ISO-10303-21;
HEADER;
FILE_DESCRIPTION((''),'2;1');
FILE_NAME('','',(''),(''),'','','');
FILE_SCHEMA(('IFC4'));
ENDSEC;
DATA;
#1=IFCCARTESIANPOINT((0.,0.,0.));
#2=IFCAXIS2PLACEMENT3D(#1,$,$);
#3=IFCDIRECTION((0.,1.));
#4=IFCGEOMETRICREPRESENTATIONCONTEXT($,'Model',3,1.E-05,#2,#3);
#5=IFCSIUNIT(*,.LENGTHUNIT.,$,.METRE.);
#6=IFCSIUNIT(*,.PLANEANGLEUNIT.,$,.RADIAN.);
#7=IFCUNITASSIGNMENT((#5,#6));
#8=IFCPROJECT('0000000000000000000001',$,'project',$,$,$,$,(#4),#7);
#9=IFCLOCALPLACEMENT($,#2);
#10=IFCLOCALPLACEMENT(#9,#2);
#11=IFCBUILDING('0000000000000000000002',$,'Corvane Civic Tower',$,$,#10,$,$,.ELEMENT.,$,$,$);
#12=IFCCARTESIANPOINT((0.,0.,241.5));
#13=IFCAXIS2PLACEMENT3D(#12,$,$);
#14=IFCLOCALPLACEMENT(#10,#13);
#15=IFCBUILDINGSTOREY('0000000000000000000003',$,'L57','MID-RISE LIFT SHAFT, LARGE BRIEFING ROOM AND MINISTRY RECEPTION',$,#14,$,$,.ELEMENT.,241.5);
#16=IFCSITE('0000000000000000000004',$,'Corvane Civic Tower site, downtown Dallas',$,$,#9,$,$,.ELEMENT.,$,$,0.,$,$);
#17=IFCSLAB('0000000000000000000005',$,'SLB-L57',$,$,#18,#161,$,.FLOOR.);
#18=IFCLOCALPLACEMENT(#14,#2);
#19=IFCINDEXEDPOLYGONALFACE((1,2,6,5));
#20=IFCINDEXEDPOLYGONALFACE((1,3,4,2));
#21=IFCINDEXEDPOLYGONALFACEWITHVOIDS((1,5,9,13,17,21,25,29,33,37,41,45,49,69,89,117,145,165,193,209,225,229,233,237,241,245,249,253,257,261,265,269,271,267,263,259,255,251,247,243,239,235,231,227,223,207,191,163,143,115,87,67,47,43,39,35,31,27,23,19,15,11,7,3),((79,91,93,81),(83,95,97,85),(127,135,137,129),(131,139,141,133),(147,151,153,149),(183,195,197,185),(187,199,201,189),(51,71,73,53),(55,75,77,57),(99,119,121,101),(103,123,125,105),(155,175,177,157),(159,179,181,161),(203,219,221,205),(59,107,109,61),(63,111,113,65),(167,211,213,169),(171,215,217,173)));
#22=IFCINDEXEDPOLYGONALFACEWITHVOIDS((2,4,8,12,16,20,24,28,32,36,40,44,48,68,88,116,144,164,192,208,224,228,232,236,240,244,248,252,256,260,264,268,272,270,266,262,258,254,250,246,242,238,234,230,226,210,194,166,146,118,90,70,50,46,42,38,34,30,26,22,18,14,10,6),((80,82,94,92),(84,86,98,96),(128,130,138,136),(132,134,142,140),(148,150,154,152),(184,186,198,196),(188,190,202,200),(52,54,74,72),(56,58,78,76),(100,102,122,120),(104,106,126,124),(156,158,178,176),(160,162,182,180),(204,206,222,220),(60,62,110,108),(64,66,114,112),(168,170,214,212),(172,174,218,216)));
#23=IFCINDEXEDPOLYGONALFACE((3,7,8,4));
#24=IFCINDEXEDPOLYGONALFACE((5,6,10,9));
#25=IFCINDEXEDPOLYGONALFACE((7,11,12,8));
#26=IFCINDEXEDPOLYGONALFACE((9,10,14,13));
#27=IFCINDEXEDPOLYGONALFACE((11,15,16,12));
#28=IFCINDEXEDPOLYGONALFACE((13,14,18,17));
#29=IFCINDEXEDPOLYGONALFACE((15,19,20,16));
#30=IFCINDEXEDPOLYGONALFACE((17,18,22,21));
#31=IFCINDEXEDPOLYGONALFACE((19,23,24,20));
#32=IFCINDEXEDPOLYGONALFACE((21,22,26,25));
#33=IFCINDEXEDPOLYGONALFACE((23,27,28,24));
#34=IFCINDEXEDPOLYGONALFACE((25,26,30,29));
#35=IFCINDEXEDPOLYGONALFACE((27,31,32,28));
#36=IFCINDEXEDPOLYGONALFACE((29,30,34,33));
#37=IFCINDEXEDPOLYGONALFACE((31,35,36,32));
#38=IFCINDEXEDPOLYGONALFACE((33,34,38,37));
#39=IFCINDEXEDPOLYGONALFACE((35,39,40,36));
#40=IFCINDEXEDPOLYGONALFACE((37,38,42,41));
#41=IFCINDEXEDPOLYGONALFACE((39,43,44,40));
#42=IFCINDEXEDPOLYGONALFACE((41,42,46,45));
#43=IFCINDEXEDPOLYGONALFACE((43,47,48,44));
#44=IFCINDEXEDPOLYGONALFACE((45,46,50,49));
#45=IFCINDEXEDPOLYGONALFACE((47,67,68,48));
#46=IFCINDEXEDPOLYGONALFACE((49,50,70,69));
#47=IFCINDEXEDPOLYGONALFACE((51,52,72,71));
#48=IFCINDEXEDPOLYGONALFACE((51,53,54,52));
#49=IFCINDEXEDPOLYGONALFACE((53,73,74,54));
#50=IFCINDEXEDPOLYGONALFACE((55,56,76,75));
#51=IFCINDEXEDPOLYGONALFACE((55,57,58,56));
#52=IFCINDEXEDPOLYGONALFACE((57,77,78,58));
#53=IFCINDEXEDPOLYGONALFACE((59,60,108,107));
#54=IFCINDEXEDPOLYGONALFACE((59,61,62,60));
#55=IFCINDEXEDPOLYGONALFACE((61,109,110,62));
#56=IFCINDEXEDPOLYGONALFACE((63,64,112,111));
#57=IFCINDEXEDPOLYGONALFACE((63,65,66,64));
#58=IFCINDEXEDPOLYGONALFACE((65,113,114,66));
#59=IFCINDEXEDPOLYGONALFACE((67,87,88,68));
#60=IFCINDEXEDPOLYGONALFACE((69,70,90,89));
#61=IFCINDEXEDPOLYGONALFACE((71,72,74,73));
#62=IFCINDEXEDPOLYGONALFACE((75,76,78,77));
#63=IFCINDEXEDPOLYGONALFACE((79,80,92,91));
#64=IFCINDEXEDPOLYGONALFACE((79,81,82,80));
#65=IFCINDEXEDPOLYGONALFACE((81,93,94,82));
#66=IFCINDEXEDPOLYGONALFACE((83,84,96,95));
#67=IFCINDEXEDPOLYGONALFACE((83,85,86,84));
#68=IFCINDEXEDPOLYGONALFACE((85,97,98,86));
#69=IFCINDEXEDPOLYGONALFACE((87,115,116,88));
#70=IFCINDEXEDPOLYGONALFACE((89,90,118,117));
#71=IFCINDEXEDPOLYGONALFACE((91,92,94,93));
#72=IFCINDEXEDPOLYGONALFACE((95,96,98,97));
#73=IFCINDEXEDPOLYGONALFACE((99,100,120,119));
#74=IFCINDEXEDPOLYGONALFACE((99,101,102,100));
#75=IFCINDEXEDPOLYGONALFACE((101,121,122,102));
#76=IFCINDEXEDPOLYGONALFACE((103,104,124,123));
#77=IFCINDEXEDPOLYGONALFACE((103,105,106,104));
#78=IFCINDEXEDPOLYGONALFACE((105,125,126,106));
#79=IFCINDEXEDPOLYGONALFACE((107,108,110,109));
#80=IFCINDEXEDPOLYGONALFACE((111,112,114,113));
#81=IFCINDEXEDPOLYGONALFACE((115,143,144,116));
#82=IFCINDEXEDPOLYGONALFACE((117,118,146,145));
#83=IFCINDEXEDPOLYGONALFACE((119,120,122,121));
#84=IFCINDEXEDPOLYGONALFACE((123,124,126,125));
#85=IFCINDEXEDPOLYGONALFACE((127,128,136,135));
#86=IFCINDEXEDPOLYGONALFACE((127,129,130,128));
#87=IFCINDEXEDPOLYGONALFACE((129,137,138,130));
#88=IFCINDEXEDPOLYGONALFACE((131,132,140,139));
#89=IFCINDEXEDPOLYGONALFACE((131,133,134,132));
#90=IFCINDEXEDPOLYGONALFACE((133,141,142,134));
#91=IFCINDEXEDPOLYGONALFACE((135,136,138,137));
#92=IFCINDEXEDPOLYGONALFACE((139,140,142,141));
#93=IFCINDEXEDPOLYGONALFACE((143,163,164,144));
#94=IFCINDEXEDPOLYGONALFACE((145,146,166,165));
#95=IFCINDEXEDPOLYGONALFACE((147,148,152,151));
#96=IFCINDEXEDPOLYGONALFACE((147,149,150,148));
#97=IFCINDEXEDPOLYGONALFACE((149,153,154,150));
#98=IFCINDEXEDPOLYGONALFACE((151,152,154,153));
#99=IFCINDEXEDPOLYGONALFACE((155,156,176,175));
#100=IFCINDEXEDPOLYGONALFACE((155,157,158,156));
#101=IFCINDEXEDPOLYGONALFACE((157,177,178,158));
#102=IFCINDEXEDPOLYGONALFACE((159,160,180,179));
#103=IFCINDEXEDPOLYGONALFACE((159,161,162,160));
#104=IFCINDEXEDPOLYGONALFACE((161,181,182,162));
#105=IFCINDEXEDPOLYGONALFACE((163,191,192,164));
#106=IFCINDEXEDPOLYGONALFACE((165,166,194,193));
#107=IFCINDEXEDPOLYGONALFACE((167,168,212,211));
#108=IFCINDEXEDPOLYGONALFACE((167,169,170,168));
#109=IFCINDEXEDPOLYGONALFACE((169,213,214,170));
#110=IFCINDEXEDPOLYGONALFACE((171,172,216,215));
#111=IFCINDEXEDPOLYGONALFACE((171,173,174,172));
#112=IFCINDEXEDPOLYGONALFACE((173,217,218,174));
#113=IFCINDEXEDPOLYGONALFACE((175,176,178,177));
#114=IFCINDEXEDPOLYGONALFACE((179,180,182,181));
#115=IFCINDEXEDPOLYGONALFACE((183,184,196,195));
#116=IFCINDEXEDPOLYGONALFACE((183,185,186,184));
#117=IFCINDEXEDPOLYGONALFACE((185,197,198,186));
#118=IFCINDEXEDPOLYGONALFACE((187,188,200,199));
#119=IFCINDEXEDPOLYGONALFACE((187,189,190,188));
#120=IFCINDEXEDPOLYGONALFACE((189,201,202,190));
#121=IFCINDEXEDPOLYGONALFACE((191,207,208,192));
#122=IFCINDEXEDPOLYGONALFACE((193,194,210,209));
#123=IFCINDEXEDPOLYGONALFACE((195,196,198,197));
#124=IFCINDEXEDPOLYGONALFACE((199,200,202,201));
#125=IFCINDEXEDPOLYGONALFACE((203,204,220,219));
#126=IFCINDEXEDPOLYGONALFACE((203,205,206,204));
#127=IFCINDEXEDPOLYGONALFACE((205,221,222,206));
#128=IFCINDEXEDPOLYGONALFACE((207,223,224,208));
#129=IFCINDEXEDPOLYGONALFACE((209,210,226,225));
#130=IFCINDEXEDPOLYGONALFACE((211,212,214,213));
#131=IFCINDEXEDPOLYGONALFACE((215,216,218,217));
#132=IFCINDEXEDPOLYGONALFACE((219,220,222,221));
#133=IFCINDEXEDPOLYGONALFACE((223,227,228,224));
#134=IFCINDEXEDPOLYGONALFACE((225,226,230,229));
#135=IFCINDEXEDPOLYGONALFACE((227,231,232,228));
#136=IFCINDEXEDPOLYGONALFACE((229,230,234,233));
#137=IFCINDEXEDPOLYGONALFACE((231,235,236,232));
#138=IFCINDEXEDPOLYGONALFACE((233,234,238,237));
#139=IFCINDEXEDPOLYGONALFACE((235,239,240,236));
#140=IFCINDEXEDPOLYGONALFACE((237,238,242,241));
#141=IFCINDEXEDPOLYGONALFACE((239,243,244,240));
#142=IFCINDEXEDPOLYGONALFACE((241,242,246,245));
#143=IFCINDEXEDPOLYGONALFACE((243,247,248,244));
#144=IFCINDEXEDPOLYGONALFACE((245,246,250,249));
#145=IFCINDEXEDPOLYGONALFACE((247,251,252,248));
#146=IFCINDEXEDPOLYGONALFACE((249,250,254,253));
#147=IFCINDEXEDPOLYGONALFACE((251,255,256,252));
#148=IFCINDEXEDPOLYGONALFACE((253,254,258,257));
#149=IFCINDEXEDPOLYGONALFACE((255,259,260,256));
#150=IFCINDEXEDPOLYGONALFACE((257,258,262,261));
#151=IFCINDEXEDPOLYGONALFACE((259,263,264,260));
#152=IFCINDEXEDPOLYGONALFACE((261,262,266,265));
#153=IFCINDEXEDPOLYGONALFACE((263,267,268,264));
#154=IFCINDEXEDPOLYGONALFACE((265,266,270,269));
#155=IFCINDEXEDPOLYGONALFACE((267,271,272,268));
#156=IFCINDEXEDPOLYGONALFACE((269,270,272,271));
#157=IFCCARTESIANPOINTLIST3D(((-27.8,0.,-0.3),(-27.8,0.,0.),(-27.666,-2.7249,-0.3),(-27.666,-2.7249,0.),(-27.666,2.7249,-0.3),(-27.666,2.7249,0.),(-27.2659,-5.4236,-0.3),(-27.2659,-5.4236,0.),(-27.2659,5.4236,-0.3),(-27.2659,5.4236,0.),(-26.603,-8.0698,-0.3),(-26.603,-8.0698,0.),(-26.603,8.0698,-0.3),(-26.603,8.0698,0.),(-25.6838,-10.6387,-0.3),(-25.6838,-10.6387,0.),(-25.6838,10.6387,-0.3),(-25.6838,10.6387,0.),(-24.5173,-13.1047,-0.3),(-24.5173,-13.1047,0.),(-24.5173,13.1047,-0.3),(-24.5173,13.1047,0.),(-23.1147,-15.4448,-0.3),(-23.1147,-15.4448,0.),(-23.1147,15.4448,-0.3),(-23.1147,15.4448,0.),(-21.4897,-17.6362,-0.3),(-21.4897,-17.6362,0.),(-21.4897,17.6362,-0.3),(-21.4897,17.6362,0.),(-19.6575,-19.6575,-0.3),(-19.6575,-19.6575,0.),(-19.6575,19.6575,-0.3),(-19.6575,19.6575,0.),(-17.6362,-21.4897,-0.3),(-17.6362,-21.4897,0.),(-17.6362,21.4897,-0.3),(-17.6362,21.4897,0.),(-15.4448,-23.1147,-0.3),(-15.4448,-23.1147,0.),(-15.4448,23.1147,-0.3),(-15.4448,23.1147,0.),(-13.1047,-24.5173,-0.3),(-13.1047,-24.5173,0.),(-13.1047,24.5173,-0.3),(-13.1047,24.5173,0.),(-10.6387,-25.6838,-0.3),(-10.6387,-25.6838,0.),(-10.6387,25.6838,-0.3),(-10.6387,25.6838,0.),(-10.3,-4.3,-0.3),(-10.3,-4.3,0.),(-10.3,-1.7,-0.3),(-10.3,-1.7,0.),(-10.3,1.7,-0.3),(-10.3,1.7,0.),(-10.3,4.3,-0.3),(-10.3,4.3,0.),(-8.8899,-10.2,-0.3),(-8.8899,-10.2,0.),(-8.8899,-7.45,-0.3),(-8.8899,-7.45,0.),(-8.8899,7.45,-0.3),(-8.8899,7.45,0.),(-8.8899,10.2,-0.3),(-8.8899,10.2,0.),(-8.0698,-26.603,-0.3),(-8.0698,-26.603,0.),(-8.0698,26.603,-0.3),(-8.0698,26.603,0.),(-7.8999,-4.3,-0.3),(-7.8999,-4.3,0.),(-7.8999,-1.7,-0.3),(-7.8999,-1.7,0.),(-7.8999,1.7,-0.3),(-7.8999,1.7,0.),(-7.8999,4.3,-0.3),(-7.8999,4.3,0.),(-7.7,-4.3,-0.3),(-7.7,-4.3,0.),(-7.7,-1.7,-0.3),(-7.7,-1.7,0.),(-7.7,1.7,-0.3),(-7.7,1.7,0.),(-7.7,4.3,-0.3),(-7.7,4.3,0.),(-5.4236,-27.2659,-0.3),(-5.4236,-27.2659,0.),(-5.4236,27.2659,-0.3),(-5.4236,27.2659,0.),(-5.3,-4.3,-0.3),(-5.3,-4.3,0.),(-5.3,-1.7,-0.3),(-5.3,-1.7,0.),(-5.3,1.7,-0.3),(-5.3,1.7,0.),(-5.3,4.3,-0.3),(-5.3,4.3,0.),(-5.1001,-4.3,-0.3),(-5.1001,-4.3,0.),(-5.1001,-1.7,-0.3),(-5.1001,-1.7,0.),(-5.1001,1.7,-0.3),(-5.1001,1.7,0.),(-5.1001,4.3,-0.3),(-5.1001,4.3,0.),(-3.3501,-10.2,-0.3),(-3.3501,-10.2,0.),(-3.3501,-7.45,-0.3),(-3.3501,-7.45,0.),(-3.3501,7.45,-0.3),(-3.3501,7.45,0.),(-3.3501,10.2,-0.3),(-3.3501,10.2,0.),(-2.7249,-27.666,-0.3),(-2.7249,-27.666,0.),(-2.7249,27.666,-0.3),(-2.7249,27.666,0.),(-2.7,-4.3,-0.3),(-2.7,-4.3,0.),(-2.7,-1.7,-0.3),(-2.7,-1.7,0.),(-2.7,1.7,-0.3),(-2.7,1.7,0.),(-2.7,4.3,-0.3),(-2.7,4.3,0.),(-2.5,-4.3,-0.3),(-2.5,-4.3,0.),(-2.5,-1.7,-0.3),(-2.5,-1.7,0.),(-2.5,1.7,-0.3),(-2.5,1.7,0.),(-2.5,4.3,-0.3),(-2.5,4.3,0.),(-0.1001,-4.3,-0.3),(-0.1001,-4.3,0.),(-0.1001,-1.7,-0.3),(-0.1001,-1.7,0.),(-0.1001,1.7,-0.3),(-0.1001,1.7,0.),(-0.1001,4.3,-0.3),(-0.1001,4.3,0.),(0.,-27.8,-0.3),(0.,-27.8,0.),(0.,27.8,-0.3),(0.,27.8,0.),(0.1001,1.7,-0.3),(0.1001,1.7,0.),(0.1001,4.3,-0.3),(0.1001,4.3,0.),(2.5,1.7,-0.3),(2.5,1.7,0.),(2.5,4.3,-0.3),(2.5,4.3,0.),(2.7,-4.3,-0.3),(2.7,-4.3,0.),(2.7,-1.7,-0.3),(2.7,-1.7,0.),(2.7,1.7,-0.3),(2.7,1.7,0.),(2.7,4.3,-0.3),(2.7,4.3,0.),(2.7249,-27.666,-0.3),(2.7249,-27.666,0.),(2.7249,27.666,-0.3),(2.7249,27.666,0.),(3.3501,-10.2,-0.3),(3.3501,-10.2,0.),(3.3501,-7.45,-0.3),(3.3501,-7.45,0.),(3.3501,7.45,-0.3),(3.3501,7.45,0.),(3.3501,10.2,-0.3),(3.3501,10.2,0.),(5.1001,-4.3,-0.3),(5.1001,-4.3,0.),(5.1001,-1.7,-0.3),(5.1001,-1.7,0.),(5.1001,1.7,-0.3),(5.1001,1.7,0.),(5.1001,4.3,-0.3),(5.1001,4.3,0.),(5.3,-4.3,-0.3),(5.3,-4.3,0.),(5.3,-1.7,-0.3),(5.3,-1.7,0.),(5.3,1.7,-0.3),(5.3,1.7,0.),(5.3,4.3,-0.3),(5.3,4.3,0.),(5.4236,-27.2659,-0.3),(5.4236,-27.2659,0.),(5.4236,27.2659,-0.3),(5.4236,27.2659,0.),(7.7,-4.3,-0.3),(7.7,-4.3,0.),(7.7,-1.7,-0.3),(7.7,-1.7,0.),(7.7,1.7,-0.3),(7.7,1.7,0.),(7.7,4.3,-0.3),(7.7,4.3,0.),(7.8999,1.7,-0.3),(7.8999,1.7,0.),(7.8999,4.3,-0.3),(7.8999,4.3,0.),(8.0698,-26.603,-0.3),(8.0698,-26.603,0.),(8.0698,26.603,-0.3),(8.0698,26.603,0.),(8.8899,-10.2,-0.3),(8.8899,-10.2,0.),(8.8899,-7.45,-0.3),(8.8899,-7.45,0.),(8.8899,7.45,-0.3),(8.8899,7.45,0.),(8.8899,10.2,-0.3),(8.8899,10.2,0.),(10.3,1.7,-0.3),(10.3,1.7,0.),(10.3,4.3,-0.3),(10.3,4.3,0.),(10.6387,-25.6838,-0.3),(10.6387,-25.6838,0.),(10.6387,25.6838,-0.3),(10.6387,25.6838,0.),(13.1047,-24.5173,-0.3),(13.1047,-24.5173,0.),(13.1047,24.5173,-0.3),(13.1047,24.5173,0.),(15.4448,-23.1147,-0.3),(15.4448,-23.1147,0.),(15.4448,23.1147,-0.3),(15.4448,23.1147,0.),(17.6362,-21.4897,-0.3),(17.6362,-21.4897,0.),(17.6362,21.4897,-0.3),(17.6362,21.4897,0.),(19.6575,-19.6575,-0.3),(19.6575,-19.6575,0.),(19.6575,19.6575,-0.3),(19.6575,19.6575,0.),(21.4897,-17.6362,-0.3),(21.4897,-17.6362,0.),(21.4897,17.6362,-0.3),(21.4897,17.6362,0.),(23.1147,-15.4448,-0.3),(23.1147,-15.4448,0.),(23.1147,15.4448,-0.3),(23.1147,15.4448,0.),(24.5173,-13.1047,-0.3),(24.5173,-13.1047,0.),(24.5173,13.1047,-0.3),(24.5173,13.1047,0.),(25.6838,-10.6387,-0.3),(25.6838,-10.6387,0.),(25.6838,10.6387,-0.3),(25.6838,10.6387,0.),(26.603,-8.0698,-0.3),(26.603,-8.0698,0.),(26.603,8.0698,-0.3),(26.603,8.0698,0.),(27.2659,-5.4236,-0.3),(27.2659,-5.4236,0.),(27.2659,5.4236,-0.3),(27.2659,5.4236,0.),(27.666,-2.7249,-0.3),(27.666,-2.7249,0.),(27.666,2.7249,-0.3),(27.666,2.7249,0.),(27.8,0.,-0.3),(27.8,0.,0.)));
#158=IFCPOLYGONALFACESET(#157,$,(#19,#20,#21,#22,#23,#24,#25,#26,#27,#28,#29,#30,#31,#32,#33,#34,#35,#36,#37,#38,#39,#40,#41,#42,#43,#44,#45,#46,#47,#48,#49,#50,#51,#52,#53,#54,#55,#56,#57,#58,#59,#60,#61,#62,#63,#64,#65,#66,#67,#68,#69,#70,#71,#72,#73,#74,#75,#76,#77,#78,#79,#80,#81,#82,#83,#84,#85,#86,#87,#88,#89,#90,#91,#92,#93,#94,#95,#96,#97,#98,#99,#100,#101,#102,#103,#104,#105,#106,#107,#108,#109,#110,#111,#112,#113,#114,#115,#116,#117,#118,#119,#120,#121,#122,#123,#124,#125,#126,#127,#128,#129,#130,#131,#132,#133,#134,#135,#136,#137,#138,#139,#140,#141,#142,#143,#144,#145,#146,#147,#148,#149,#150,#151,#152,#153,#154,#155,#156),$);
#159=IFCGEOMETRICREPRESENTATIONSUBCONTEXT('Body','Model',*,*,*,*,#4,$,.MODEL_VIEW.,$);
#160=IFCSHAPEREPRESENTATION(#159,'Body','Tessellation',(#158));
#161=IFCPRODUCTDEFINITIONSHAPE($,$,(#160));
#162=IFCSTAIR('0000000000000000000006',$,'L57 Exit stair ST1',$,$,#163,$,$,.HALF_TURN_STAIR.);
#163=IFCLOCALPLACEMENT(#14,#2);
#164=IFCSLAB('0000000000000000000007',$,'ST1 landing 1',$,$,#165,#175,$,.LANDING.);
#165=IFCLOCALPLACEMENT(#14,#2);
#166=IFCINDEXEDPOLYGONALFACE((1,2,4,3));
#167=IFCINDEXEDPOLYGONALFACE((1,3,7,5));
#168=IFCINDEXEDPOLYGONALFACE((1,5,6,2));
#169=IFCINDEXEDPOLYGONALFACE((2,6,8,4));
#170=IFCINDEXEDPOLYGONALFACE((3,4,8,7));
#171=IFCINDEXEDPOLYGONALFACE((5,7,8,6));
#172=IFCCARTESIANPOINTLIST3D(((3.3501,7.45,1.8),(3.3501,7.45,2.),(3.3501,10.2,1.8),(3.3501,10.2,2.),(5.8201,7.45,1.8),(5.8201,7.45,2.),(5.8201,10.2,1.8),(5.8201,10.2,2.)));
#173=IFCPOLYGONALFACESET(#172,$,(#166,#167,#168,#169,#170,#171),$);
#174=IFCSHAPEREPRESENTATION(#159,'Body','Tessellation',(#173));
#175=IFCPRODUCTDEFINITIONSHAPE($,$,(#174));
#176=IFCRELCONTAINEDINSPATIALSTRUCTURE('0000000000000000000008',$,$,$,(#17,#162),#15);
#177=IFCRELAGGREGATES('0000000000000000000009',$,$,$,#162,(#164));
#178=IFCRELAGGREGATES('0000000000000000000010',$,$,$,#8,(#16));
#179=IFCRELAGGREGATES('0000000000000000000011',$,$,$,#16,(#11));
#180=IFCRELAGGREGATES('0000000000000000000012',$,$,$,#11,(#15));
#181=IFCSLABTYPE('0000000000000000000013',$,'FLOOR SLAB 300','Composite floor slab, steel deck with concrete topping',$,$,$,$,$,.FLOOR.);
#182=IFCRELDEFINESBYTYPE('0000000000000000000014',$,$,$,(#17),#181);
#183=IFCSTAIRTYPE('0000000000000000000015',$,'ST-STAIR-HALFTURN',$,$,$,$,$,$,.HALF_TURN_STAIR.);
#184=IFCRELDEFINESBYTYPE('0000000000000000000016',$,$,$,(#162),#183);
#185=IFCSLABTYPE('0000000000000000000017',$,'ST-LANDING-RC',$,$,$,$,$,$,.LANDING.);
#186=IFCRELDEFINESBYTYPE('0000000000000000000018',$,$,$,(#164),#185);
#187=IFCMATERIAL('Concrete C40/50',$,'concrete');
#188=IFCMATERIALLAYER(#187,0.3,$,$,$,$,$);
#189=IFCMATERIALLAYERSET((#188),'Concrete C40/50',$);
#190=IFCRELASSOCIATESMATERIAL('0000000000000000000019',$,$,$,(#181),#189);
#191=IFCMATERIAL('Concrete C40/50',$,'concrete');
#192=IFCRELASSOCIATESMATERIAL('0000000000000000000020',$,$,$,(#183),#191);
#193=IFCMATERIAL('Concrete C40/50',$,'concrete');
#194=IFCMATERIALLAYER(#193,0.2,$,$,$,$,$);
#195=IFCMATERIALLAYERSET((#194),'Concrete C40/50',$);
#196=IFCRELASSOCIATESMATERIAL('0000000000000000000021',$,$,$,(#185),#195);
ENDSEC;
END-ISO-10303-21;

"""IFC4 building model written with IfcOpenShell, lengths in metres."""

from ifc_helpers import new_model, si_unit, direction, frame, origin, place, context, subcontext, project, spatial, polyline, outline, extrude, material, layer, layer_set, type_object, element, aggregate, save


model = new_model("IFC4")

# Units and contexts
model_context = context("Model", 3, precision=1e-05, world=origin(), true_north=direction((0.0, 1.0)))
body_context = subcontext(model_context, "Body", "Model", "MODEL_VIEW")
ifc_project = project(units=[si_unit("LENGTHUNIT", "METRE"), si_unit("PLANEANGLEUNIT", "RADIAN")], contexts=[model_context])

# Site, building, storey
site_placement = place(None, origin())
site = spatial("IfcSite", under=ifc_project, at=site_placement, Name="Corvane Civic Tower site, downtown Dallas", CompositionType="ELEMENT", RefElevation=0.0)
building_placement = place(site_placement, origin())
building = spatial("IfcBuilding", under=site, at=building_placement, Name="Corvane Civic Tower", CompositionType="ELEMENT")
storey_placement = place(building_placement, frame((0.0, 0.0, 241.5)))
storey = spatial("IfcBuildingStorey", under=building, at=storey_placement, Name="L57", Description="MID-RISE LIFT SHAFT, LARGE BRIEFING ROOM AND MINISTRY RECEPTION", CompositionType="ELEMENT", Elevation=241.5)

# Slab
ifc_material_1 = material(Name="Concrete C40/50", Category="concrete")
ifc_layer_1 = layer(ifc_material_1, 0.3)
ifc_layer_set_1 = layer_set([ifc_layer_1], Name="Concrete C40/50")
slab_type_1 = type_object("IfcSlabType", Name="FLOOR SLAB 300", Description="Composite floor slab, steel deck with concrete topping", PredefinedType="FLOOR", material=ifc_layer_set_1)
slab_1_placement = place(storey_placement, frame((0.0, 0.0, -0.3)))
element("IfcSlab", 1, at=slab_1_placement, inside=storey, type_object=slab_type_1, Name="SLB-L57", PredefinedType="FLOOR", context=body_context, shape_type="SweptSolid", body=[
    extrude(outline(polyline([(0.0, 27.8), (-2.7249, 27.666), (-5.4236, 27.2659), (-8.0698, 26.603), (-10.6387, 25.6838), (-13.1047, 24.5173), (-15.4448, 23.1147), (-17.6362, 21.4897), (-19.6575, 19.6575), (-21.4897, 17.6362), (-23.1147, 15.4448), (-24.5173, 13.1047), (-25.6838, 10.6387), (-26.603, 8.0698), (-27.2659, 5.4236), (-27.666, 2.7249), (-27.8, 0.0), (-27.666, -2.7249), (-27.2659, -5.4236), (-26.603, -8.0698), (-25.6838, -10.6387), (-24.5173, -13.1047), (-23.1147, -15.4448), (-21.4897, -17.6362), (-19.6575, -19.6575), (-17.6362, -21.4897), (-15.4448, -23.1147), (-13.1047, -24.5173), (-10.6387, -25.6838), (-8.0698, -26.603), (-5.4236, -27.2659), (-2.7249, -27.666), (0.0, -27.8), (2.7249, -27.666), (5.4236, -27.2659), (8.0698, -26.603), (10.6387, -25.6838), (13.1047, -24.5173), (15.4448, -23.1147), (17.6362, -21.4897), (19.6575, -19.6575), (21.4897, -17.6362), (23.1147, -15.4448), (24.5173, -13.1047), (25.6838, -10.6387), (26.603, -8.0698), (27.2659, -5.4236), (27.666, -2.7249), (27.8, 0.0), (27.666, 2.7249), (27.2659, 5.4236), (26.603, 8.0698), (25.6838, 10.6387), (24.5173, 13.1047), (23.1147, 15.4448), (21.4897, 17.6362), (19.6575, 19.6575), (17.6362, 21.4897), (15.4448, 23.1147), (13.1047, 24.5173), (10.6387, 25.6838), (8.0698, 26.603), (5.4236, 27.2659), (2.7249, 27.666), (0.0, 27.8)]), holes=[polyline([(-10.3, 4.3), (-7.8999, 4.3), (-7.8999, 1.7), (-10.3, 1.7), (-10.3, 4.3)]), polyline([(-5.3, 1.7), (-7.7, 1.7), (-7.7, 4.3), (-5.3, 4.3), (-5.3, 1.7)]), polyline([(-5.1001, 4.3), (-2.7, 4.3), (-2.7, 1.7), (-5.1001, 1.7), (-5.1001, 4.3)]), polyline([(-2.5, 4.3), (-0.1001, 4.3), (-0.1001, 1.7), (-2.5, 1.7), (-2.5, 4.3)]), polyline([(0.1001, 4.3), (2.5, 4.3), (2.5, 1.7), (0.1001, 1.7), (0.1001, 4.3)]), polyline([(2.7, 4.3), (5.1001, 4.3), (5.1001, 1.7), (2.7, 1.7), (2.7, 4.3)]), polyline([(5.3, 4.3), (7.7, 4.3), (7.7, 1.7), (5.3, 1.7), (5.3, 4.3)]), polyline([(7.8999, 4.3), (10.3, 4.3), (10.3, 1.7), (7.8999, 1.7), (7.8999, 4.3)]), polyline([(-10.3, -4.3), (-10.3, -1.7), (-7.8999, -1.7), (-7.8999, -4.3), (-10.3, -4.3)]), polyline([(-5.3, -1.7), (-5.3, -4.3), (-7.7, -4.3), (-7.7, -1.7), (-5.3, -1.7)]), polyline([(-5.1001, -4.3), (-5.1001, -1.7), (-2.7, -1.7), (-2.7, -4.3), (-5.1001, -4.3)]), polyline([(-0.1001, -1.7), (-0.1001, -4.3), (-2.5, -4.3), (-2.5, -1.7), (-0.1001, -1.7)]), polyline([(5.1001, -1.7), (5.1001, -4.3), (2.7, -4.3), (2.7, -1.7), (5.1001, -1.7)]), polyline([(7.7, -1.7), (7.7, -4.3), (5.3, -4.3), (5.3, -1.7), (7.7, -1.7)]), polyline([(8.8899, 10.2), (8.8899, 7.45), (3.3501, 7.45), (3.3501, 10.2), (8.8899, 10.2)]), polyline([(-8.8899, 7.45), (-8.8899, 10.2), (-3.3501, 10.2), (-3.3501, 7.45), (-8.8899, 7.45)]), polyline([(8.8899, -7.45), (8.8899, -10.2), (3.3501, -10.2), (3.3501, -7.45), (8.8899, -7.45)]), polyline([(-8.8899, -10.2), (-8.8899, -7.45), (-3.3501, -7.45), (-3.3501, -10.2), (-8.8899, -10.2)])]), origin(), (0.0, 0.0, 1.0), 0.3),
])

# Stair, slab
ifc_material_2 = material(Name="Concrete C40/50", Category="concrete")
stair_type = type_object("IfcStairType", Name="ST-STAIR-HALFTURN", PredefinedType="HALF_TURN_STAIR", material=ifc_material_2)
stair_1_placement = place(storey_placement, origin())
stair_1 = element("IfcStair", 2, at=stair_1_placement, inside=storey, type_object=stair_type, Name="L57 Exit stair ST1", PredefinedType="HALF_TURN_STAIR")
ifc_material_3 = material(Name="Concrete C40/50", Category="concrete")
ifc_layer_2 = layer(ifc_material_3, 0.2)
ifc_layer_set_2 = layer_set([ifc_layer_2], Name="Concrete C40/50")
slab_type_2 = type_object("IfcSlabType", Name="ST-LANDING-RC", PredefinedType="LANDING", material=ifc_layer_set_2)
slab_2_placement = place(storey_placement, frame((0.0, 0.0, 1.8)))
slab_2 = element("IfcSlab", 3, at=slab_2_placement, type_object=slab_type_2, Name="ST1 landing 1", PredefinedType="LANDING", context=body_context, shape_type="SweptSolid", body=[
    extrude(outline(polyline([(5.8201, 10.2), (3.3501, 10.2), (3.3501, 7.45), (5.8201, 7.45), (5.8201, 10.2)])), origin(), (0.0, 0.0, 1.0), 0.2),
])
aggregate(stair_1, [slab_2])

save(model, "model.ifc")
